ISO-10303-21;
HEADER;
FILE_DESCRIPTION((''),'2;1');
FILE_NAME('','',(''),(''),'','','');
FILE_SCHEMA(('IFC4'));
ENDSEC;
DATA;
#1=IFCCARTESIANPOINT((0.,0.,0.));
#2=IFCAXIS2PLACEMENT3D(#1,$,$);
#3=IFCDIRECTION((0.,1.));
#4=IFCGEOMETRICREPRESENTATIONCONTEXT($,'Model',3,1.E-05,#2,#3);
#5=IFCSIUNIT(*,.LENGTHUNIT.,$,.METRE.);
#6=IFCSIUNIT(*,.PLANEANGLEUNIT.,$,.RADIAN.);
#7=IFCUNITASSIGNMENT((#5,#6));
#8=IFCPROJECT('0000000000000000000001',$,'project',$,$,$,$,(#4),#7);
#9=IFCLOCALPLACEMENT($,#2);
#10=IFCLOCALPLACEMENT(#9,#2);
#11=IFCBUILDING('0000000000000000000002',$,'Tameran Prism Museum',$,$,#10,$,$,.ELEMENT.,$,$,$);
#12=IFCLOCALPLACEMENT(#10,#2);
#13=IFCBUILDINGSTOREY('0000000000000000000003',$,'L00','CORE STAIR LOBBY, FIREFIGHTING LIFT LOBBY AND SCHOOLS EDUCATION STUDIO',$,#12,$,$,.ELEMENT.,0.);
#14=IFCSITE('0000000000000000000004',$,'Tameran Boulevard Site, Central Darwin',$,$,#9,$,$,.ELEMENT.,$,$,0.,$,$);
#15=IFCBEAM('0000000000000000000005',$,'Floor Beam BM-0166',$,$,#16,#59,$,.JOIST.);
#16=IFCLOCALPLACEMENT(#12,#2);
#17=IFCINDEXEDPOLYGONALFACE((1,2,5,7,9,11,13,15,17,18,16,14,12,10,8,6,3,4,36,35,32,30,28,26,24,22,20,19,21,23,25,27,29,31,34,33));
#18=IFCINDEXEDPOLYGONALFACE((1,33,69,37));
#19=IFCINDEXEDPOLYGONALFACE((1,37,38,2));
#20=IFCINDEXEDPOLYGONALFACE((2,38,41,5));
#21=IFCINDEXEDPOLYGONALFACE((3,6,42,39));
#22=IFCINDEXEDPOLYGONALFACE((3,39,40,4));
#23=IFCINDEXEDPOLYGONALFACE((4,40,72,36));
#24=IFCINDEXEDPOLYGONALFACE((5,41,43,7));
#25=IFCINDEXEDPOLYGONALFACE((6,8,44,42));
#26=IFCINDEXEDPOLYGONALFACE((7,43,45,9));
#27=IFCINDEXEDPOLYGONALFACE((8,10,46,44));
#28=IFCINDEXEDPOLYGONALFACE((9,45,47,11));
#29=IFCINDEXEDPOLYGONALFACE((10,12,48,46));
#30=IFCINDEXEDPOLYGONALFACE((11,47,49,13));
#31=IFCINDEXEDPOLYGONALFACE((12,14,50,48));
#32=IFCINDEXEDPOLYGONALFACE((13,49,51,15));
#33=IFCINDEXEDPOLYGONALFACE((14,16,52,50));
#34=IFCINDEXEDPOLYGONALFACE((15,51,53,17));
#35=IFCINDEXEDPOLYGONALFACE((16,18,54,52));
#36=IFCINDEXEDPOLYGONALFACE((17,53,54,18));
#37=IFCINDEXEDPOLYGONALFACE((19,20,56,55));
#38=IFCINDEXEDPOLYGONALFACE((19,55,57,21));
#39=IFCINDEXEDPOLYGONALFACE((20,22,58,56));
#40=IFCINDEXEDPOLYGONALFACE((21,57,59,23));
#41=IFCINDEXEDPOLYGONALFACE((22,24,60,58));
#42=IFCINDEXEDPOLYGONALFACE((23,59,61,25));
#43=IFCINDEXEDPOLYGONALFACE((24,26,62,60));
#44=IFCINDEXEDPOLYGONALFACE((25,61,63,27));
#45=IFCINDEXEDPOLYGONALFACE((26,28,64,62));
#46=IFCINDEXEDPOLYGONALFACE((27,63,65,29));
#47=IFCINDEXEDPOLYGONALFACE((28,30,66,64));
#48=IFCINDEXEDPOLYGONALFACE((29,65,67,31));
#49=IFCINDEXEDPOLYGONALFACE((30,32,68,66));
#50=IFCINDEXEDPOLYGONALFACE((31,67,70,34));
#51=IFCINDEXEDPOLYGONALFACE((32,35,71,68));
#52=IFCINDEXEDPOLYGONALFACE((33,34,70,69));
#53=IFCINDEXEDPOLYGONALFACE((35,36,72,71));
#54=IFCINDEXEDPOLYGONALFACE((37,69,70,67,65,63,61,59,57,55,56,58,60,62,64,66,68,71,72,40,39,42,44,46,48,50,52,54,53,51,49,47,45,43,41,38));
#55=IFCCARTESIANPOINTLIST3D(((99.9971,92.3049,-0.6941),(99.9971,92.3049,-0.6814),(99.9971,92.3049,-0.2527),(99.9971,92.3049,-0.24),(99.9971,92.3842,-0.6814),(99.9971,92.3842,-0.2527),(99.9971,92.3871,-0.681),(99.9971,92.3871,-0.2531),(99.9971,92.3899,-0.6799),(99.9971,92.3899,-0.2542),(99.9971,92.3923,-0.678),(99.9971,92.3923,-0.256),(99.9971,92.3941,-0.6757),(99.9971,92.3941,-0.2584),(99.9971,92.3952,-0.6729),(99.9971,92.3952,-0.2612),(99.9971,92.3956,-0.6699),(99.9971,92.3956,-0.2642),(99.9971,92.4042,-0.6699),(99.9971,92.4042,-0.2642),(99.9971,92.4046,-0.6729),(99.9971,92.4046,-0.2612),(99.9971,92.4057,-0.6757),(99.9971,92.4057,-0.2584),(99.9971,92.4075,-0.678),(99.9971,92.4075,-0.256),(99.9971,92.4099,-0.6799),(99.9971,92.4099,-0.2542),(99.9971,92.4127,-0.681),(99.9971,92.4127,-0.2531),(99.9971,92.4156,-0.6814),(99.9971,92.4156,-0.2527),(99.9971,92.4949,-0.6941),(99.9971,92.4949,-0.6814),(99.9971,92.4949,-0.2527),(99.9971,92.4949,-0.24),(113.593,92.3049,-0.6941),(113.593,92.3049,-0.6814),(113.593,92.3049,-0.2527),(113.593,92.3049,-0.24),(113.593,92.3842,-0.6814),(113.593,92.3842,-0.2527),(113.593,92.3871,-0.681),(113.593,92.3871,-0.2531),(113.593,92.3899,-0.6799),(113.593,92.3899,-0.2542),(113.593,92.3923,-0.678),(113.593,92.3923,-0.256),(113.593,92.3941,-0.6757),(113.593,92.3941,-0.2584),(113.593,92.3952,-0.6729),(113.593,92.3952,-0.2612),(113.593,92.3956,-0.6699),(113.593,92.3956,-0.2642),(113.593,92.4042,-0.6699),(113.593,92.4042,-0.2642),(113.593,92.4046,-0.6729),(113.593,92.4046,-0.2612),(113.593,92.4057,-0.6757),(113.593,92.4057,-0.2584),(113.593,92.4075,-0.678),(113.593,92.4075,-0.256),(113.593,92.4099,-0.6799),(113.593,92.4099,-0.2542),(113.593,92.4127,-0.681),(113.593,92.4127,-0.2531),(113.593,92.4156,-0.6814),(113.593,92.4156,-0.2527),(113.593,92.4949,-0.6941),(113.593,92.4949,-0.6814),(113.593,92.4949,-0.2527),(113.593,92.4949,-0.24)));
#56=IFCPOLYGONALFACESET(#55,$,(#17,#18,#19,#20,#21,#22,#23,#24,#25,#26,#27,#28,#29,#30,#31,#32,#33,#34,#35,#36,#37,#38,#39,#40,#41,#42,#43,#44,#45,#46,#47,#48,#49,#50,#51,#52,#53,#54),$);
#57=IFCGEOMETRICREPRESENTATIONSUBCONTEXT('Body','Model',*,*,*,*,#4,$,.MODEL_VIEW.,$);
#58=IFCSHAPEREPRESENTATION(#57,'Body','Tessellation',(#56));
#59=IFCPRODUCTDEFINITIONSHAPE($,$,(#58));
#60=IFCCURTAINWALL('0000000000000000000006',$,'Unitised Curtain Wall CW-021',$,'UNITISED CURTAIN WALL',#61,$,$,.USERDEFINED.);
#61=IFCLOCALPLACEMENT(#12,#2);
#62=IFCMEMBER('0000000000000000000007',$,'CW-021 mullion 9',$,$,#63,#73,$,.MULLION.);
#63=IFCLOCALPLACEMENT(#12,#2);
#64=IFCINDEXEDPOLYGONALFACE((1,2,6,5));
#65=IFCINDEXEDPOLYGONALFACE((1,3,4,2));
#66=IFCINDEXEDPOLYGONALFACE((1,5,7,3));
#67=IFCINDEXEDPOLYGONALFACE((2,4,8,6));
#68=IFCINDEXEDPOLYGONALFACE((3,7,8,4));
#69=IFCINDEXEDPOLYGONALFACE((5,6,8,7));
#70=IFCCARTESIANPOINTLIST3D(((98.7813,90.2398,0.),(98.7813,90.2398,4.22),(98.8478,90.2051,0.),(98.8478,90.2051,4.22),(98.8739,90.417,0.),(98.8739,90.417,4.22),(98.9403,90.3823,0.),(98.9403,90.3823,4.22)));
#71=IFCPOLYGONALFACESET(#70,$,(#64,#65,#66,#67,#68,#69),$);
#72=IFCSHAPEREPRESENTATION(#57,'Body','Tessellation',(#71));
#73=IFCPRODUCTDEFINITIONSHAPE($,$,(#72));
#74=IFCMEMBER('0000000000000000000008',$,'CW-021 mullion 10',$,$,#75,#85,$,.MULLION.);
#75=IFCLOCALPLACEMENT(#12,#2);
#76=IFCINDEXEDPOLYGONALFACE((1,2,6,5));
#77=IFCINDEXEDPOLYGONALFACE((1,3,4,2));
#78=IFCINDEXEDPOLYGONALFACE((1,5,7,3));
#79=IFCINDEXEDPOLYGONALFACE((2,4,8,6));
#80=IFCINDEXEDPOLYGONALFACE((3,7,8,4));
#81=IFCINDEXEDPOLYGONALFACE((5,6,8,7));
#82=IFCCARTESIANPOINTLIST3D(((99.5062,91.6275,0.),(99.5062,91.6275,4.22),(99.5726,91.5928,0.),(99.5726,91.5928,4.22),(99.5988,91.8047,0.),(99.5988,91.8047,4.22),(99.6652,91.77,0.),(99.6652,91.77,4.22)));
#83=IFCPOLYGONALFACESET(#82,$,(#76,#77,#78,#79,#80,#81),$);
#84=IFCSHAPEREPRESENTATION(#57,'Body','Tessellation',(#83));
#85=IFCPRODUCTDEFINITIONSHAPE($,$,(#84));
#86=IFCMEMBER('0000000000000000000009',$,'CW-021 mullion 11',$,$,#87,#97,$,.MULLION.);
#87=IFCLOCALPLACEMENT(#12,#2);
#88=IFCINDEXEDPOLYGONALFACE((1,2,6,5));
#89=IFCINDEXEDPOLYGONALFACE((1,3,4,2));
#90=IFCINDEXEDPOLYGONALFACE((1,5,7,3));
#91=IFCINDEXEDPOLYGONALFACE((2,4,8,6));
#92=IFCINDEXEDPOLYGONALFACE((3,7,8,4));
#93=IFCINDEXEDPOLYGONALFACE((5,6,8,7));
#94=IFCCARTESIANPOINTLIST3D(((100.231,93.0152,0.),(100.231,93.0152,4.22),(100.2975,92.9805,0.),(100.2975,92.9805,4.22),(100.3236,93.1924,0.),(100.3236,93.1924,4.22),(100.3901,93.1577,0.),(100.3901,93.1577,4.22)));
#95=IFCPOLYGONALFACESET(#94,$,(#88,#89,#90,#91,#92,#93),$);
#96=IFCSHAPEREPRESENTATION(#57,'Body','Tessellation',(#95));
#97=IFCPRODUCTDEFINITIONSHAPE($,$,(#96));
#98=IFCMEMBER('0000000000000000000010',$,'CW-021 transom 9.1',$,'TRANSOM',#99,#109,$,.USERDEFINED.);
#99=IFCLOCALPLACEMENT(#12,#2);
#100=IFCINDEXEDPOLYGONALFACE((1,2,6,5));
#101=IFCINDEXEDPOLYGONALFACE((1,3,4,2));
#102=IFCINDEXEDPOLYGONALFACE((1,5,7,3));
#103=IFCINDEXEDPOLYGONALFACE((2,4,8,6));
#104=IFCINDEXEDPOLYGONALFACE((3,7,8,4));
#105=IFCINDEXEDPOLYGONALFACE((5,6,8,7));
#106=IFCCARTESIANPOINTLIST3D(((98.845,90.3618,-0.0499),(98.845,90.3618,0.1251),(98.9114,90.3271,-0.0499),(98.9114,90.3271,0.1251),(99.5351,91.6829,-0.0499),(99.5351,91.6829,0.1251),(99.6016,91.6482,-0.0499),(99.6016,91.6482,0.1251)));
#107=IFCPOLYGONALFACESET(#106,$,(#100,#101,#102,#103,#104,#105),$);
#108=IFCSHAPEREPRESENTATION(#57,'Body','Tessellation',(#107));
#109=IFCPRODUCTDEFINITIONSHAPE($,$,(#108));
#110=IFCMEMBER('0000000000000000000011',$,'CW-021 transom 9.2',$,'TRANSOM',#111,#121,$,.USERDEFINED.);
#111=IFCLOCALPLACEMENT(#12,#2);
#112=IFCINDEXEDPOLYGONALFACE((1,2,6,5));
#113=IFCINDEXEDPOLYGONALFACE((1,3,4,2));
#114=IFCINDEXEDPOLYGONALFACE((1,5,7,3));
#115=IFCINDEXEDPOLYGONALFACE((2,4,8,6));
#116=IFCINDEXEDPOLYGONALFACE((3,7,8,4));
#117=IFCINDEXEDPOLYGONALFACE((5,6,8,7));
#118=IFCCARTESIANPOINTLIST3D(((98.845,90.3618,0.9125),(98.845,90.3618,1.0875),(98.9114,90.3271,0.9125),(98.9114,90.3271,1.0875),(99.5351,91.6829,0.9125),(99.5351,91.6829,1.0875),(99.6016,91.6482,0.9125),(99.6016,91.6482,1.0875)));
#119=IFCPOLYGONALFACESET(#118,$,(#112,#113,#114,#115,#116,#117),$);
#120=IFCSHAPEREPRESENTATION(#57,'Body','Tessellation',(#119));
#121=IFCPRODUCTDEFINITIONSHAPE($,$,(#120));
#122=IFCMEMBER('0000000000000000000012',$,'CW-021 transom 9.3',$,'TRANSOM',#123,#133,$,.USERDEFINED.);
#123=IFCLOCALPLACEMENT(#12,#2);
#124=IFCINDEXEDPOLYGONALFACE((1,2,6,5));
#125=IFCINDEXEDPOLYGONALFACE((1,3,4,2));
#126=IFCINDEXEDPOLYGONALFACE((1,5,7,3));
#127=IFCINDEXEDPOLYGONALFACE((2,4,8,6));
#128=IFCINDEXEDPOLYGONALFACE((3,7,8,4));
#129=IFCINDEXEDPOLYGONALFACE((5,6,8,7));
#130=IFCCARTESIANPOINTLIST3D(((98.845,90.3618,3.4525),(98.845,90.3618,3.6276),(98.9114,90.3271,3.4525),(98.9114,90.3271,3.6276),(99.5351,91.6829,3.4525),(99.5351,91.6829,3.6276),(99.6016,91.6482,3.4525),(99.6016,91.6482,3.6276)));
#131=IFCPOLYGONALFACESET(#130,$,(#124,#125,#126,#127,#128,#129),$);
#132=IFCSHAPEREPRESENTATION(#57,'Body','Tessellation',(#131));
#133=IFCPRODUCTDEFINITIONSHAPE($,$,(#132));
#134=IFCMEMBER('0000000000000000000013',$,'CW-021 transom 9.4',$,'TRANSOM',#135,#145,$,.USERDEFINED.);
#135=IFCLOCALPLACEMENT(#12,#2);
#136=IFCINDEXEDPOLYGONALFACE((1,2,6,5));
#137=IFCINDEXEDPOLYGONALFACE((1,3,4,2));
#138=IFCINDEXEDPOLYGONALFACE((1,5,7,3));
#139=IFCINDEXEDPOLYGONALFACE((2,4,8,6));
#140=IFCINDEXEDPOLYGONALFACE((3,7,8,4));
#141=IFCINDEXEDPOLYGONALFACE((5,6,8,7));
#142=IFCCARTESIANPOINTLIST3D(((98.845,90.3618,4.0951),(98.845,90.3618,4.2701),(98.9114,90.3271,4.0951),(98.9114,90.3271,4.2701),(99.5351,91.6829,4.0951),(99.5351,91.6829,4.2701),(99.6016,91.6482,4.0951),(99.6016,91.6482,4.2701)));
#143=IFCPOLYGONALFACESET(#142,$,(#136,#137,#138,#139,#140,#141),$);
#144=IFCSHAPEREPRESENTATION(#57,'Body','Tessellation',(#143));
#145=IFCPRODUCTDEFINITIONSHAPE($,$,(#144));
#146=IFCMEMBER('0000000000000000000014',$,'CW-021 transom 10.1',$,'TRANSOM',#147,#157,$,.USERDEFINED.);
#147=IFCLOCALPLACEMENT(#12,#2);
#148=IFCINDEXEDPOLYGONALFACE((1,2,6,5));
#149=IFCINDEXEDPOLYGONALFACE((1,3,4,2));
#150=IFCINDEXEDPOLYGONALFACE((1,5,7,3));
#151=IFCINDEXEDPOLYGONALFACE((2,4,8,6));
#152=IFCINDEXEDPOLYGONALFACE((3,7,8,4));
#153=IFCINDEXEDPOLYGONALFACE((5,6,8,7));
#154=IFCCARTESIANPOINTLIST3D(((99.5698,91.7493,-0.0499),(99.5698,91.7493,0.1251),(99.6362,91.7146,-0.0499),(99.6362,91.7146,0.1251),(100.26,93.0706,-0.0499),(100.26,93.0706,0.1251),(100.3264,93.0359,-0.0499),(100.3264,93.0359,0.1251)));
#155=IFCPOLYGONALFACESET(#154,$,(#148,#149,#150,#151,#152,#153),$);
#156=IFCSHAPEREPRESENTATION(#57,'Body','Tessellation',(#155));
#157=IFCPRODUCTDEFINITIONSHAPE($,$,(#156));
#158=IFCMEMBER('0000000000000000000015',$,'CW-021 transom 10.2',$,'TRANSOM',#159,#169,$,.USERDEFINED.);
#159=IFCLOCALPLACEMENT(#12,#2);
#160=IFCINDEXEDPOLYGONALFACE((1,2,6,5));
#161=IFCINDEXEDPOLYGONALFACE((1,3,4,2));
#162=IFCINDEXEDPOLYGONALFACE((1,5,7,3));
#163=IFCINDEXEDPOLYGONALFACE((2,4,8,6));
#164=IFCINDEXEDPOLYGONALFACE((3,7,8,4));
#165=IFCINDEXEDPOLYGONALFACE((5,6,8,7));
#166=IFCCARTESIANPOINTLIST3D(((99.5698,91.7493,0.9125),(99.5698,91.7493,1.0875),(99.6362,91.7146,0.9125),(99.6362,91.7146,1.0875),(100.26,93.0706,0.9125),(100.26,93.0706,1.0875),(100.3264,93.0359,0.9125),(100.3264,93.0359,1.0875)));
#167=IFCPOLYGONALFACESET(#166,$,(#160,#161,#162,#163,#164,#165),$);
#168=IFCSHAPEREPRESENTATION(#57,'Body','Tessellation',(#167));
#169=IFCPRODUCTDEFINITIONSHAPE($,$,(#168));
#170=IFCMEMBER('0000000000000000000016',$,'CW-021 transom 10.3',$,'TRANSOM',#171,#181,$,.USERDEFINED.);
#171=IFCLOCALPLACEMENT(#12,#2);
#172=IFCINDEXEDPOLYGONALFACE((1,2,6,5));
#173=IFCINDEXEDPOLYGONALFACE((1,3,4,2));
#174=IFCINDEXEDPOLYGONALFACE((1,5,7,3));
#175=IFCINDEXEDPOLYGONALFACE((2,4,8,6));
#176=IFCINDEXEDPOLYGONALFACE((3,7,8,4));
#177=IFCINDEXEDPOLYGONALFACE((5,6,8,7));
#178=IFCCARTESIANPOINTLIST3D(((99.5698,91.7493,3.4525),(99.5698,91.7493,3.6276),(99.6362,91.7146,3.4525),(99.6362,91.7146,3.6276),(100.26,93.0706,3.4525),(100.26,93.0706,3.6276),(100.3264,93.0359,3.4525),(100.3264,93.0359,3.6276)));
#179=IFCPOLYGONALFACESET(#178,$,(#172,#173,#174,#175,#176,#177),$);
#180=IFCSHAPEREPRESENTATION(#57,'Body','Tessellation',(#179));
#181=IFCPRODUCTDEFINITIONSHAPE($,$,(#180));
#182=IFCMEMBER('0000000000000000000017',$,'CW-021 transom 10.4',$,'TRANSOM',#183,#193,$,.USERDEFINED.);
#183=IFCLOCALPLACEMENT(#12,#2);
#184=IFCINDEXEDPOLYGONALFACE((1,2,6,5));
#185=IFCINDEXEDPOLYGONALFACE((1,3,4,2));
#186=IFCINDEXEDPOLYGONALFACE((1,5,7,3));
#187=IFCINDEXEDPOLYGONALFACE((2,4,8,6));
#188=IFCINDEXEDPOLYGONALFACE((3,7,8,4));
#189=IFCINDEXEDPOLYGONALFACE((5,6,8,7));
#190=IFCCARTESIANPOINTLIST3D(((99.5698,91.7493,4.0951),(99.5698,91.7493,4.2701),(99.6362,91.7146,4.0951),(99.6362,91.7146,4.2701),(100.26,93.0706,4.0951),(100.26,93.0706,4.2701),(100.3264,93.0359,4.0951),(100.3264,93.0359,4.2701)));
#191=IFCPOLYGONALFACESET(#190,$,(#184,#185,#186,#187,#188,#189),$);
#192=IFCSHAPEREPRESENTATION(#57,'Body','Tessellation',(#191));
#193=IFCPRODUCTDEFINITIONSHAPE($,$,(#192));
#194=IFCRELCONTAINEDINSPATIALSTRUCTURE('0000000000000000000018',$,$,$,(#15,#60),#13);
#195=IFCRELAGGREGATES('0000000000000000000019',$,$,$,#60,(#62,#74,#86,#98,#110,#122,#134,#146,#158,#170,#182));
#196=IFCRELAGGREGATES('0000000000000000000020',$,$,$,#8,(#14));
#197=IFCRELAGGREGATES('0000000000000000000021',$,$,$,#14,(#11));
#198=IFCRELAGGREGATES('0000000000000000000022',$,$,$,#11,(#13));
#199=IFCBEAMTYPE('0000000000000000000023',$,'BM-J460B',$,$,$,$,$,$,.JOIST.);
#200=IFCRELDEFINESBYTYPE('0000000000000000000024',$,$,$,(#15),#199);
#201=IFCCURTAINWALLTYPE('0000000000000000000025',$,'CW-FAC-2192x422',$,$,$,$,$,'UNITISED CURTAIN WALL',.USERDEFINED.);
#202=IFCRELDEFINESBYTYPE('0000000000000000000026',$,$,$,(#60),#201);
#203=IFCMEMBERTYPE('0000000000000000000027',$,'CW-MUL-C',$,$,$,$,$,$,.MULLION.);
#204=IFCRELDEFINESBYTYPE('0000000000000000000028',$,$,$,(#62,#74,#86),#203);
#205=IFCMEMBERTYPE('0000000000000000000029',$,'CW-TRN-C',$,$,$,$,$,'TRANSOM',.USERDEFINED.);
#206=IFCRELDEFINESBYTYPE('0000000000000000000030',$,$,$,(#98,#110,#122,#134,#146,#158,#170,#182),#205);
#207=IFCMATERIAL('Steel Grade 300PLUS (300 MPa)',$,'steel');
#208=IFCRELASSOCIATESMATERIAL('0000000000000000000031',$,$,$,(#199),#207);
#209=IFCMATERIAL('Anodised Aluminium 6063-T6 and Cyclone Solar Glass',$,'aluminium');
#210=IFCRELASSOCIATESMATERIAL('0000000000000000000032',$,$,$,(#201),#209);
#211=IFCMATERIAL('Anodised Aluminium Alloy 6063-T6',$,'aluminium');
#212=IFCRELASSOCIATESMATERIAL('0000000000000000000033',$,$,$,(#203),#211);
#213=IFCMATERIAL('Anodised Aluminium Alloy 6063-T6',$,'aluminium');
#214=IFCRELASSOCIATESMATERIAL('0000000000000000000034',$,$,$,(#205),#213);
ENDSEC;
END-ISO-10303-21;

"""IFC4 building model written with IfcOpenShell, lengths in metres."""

from ifc_helpers import new_model, si_unit, direction, frame, origin, origin_2d, place, context, subcontext, project, spatial, rectangle, i_section, extrude, material, material_profile, profile_set, type_object, element, aggregate, save


model = new_model("IFC4")

# Units and contexts
model_context = context("Model", 3, precision=1e-05, world=origin(), true_north=direction((0.0, 1.0)))
body_context = subcontext(model_context, "Body", "Model", "MODEL_VIEW")
ifc_project = project(units=[si_unit("LENGTHUNIT", "METRE"), si_unit("PLANEANGLEUNIT", "RADIAN")], contexts=[model_context])

# Site, building, storey
site_placement = place(None, origin())
site = spatial("IfcSite", under=ifc_project, at=site_placement, Name="Tameran Boulevard Site, Central Darwin", CompositionType="ELEMENT", RefElevation=0.0)
building_placement = place(site_placement, origin())
building = spatial("IfcBuilding", under=site, at=building_placement, Name="Tameran Prism Museum", CompositionType="ELEMENT")
storey_placement = place(building_placement, origin())
storey = spatial("IfcBuildingStorey", under=building, at=storey_placement, Name="L00", Description="CORE STAIR LOBBY, FIREFIGHTING LIFT LOBBY AND SCHOOLS EDUCATION STUDIO", CompositionType="ELEMENT", Elevation=0.0)

# Beam
ifc_material_1 = material(Name="Steel Grade 300PLUS (300 MPa)", Category="steel")
ifc_material_profile_1 = material_profile(ifc_material_1, i_section(OverallWidth=0.1899, OverallDepth=0.4541, WebThickness=0.0085, FlangeThickness=0.0127, FilletRadius=0.0115, at=origin_2d()))
ifc_profile_set_1 = profile_set([ifc_material_profile_1])
beam_type = type_object("IfcBeamType", Name="BM-J460B", PredefinedType="JOIST", material=ifc_profile_set_1)
beam_placement = place(storey_placement, frame((99.9971, 92.3999, -0.467), z_axis=(1.0, 0.0, 0.0), x_axis=(0.0, 1.0, 0.0)))
element("IfcBeam", 1, at=beam_placement, inside=storey, type_object=beam_type, Name="Floor Beam BM-0166", PredefinedType="JOIST", context=body_context, shape_type="SweptSolid", body=[
    extrude(i_section(OverallWidth=0.1899, OverallDepth=0.4541, WebThickness=0.0085, FlangeThickness=0.0127, FilletRadius=0.0115, at=origin_2d()), origin(), (0.0, 0.0, 1.0), 13.5959),
])

# Curtain wall, members
ifc_material_2 = material(Name="Anodised Aluminium 6063-T6 and Cyclone Solar Glass", Category="aluminium")
curtain_wall_type = type_object("IfcCurtainWallType", Name="CW-FAC-2192x422", ElementType="UNITISED CURTAIN WALL", PredefinedType="USERDEFINED", material=ifc_material_2)
curtain_wall_placement = place(storey_placement, origin())
curtain_wall = element("IfcCurtainWall", 2, at=curtain_wall_placement, inside=storey, type_object=curtain_wall_type, Name="Unitised Curtain Wall CW-021", ObjectType="UNITISED CURTAIN WALL", PredefinedType="USERDEFINED")
ifc_material_3 = material(Name="Anodised Aluminium Alloy 6063-T6", Category="aluminium")
ifc_material_profile_2 = material_profile(ifc_material_3, rectangle(XDim=0.075, YDim=0.2, at=origin_2d()))
ifc_profile_set_2 = profile_set([ifc_material_profile_2])
member_type_1 = type_object("IfcMemberType", Name="CW-MUL-C", PredefinedType="MULLION", material=ifc_profile_set_2)
member_1_placement = place(storey_placement, frame((98.8608, 90.311, 0.0), z_axis=(0.0, 0.0, 1.0), x_axis=(-0.886357, 0.463003, 0.0)))
member_1 = element("IfcMember", 3, at=member_1_placement, type_object=member_type_1, Name="CW-021 mullion 9", PredefinedType="MULLION", context=body_context, shape_type="SweptSolid", body=[
    extrude(rectangle(XDim=0.075, YDim=0.2, at=origin_2d()), origin(), (0.0, 0.0, 1.0), 4.22),
])
member_2_placement = place(storey_placement, frame((99.5857, 91.6987, 0.0), z_axis=(0.0, 0.0, 1.0), x_axis=(-0.886357, 0.463003, 0.0)))
member_2 = element("IfcMember", 4, at=member_2_placement, type_object=member_type_1, Name="CW-021 mullion 10", PredefinedType="MULLION", context=body_context, shape_type="SweptSolid", body=[
    extrude(rectangle(XDim=0.075, YDim=0.2, at=origin_2d()), origin(), (0.0, 0.0, 1.0), 4.22),
])
member_3_placement = place(storey_placement, frame((100.3105, 93.0864, 0.0), z_axis=(0.0, 0.0, 1.0), x_axis=(-0.886357, 0.463003, 0.0)))
member_3 = element("IfcMember", 5, at=member_3_placement, type_object=member_type_1, Name="CW-021 mullion 11", PredefinedType="MULLION", context=body_context, shape_type="SweptSolid", body=[
    extrude(rectangle(XDim=0.075, YDim=0.2, at=origin_2d()), origin(), (0.0, 0.0, 1.0), 4.22),
])
ifc_material_4 = material(Name="Anodised Aluminium Alloy 6063-T6", Category="aluminium")
ifc_material_profile_3 = material_profile(ifc_material_4, rectangle(XDim=0.075, YDim=0.175, at=origin_2d()))
ifc_profile_set_3 = profile_set([ifc_material_profile_3])
member_type_2 = type_object("IfcMemberType", Name="CW-TRN-C", ElementType="TRANSOM", PredefinedType="USERDEFINED", material=ifc_profile_set_3)
member_4_placement = place(storey_placement, frame((98.8782, 90.3445, 0.0376), z_axis=(0.463064, 0.886325, 0.0), x_axis=(-0.886325, 0.463064, 0.0)))
member_4 = element("IfcMember", 6, at=member_4_placement, type_object=member_type_2, Name="CW-021 transom 9.1", ObjectType="TRANSOM", PredefinedType="USERDEFINED", context=body_context, shape_type="SweptSolid", body=[
    extrude(rectangle(XDim=0.075, YDim=0.175, at=origin_2d()), origin(), (0.0, 0.0, 1.0), 1.4905),
])
member_5_placement = place(storey_placement, frame((98.8782, 90.3445, 1.0), z_axis=(0.463064, 0.886325, 0.0), x_axis=(-0.886325, 0.463064, 0.0)))
member_5 = element("IfcMember", 7, at=member_5_placement, type_object=member_type_2, Name="CW-021 transom 9.2", ObjectType="TRANSOM", PredefinedType="USERDEFINED", context=body_context, shape_type="SweptSolid", body=[
    extrude(rectangle(XDim=0.075, YDim=0.175, at=origin_2d()), origin(), (0.0, 0.0, 1.0), 1.4905),
])
member_6_placement = place(storey_placement, frame((98.8782, 90.3445, 3.54), z_axis=(0.463064, 0.886325, 0.0), x_axis=(-0.886325, 0.463064, 0.0)))
member_6 = element("IfcMember", 8, at=member_6_placement, type_object=member_type_2, Name="CW-021 transom 9.3", ObjectType="TRANSOM", PredefinedType="USERDEFINED", context=body_context, shape_type="SweptSolid", body=[
    extrude(rectangle(XDim=0.075, YDim=0.175, at=origin_2d()), origin(), (0.0, 0.0, 1.0), 1.4905),
])
member_7_placement = place(storey_placement, frame((98.8782, 90.3445, 4.1826), z_axis=(0.463064, 0.886325, 0.0), x_axis=(-0.886325, 0.463064, 0.0)))
member_7 = element("IfcMember", 9, at=member_7_placement, type_object=member_type_2, Name="CW-021 transom 9.4", ObjectType="TRANSOM", PredefinedType="USERDEFINED", context=body_context, shape_type="SweptSolid", body=[
    extrude(rectangle(XDim=0.075, YDim=0.175, at=origin_2d()), origin(), (0.0, 0.0, 1.0), 1.4905),
])
member_8_placement = place(storey_placement, frame((99.603, 91.7319, 0.0376), z_axis=(0.462997, 0.88636, 0.0), x_axis=(-0.88636, 0.462997, 0.0)))
member_8 = element("IfcMember", 10, at=member_8_placement, type_object=member_type_2, Name="CW-021 transom 10.1", ObjectType="TRANSOM", PredefinedType="USERDEFINED", context=body_context, shape_type="SweptSolid", body=[
    extrude(rectangle(XDim=0.075, YDim=0.175, at=origin_2d()), origin(), (0.0, 0.0, 1.0), 1.4907),
])
member_9_placement = place(storey_placement, frame((99.603, 91.7319, 1.0), z_axis=(0.462997, 0.88636, 0.0), x_axis=(-0.88636, 0.462997, 0.0)))
member_9 = element("IfcMember", 11, at=member_9_placement, type_object=member_type_2, Name="CW-021 transom 10.2", ObjectType="TRANSOM", PredefinedType="USERDEFINED", context=body_context, shape_type="SweptSolid", body=[
    extrude(rectangle(XDim=0.075, YDim=0.175, at=origin_2d()), origin(), (0.0, 0.0, 1.0), 1.4907),
])
member_10_placement = place(storey_placement, frame((99.603, 91.7319, 3.54), z_axis=(0.462997, 0.88636, 0.0), x_axis=(-0.88636, 0.462997, 0.0)))
member_10 = element("IfcMember", 12, at=member_10_placement, type_object=member_type_2, Name="CW-021 transom 10.3", ObjectType="TRANSOM", PredefinedType="USERDEFINED", context=body_context, shape_type="SweptSolid", body=[
    extrude(rectangle(XDim=0.075, YDim=0.175, at=origin_2d()), origin(), (0.0, 0.0, 1.0), 1.4907),
])
member_11_placement = place(storey_placement, frame((99.603, 91.7319, 4.1826), z_axis=(0.462997, 0.88636, 0.0), x_axis=(-0.88636, 0.462997, 0.0)))
member_11 = element("IfcMember", 13, at=member_11_placement, type_object=member_type_2, Name="CW-021 transom 10.4", ObjectType="TRANSOM", PredefinedType="USERDEFINED", context=body_context, shape_type="SweptSolid", body=[
    extrude(rectangle(XDim=0.075, YDim=0.175, at=origin_2d()), origin(), (0.0, 0.0, 1.0), 1.4907),
])
aggregate(curtain_wall, [member_1, member_2, member_3, member_4, member_5, member_6, member_7, member_8, member_9, member_10, member_11])

save(model, "model.ifc")
